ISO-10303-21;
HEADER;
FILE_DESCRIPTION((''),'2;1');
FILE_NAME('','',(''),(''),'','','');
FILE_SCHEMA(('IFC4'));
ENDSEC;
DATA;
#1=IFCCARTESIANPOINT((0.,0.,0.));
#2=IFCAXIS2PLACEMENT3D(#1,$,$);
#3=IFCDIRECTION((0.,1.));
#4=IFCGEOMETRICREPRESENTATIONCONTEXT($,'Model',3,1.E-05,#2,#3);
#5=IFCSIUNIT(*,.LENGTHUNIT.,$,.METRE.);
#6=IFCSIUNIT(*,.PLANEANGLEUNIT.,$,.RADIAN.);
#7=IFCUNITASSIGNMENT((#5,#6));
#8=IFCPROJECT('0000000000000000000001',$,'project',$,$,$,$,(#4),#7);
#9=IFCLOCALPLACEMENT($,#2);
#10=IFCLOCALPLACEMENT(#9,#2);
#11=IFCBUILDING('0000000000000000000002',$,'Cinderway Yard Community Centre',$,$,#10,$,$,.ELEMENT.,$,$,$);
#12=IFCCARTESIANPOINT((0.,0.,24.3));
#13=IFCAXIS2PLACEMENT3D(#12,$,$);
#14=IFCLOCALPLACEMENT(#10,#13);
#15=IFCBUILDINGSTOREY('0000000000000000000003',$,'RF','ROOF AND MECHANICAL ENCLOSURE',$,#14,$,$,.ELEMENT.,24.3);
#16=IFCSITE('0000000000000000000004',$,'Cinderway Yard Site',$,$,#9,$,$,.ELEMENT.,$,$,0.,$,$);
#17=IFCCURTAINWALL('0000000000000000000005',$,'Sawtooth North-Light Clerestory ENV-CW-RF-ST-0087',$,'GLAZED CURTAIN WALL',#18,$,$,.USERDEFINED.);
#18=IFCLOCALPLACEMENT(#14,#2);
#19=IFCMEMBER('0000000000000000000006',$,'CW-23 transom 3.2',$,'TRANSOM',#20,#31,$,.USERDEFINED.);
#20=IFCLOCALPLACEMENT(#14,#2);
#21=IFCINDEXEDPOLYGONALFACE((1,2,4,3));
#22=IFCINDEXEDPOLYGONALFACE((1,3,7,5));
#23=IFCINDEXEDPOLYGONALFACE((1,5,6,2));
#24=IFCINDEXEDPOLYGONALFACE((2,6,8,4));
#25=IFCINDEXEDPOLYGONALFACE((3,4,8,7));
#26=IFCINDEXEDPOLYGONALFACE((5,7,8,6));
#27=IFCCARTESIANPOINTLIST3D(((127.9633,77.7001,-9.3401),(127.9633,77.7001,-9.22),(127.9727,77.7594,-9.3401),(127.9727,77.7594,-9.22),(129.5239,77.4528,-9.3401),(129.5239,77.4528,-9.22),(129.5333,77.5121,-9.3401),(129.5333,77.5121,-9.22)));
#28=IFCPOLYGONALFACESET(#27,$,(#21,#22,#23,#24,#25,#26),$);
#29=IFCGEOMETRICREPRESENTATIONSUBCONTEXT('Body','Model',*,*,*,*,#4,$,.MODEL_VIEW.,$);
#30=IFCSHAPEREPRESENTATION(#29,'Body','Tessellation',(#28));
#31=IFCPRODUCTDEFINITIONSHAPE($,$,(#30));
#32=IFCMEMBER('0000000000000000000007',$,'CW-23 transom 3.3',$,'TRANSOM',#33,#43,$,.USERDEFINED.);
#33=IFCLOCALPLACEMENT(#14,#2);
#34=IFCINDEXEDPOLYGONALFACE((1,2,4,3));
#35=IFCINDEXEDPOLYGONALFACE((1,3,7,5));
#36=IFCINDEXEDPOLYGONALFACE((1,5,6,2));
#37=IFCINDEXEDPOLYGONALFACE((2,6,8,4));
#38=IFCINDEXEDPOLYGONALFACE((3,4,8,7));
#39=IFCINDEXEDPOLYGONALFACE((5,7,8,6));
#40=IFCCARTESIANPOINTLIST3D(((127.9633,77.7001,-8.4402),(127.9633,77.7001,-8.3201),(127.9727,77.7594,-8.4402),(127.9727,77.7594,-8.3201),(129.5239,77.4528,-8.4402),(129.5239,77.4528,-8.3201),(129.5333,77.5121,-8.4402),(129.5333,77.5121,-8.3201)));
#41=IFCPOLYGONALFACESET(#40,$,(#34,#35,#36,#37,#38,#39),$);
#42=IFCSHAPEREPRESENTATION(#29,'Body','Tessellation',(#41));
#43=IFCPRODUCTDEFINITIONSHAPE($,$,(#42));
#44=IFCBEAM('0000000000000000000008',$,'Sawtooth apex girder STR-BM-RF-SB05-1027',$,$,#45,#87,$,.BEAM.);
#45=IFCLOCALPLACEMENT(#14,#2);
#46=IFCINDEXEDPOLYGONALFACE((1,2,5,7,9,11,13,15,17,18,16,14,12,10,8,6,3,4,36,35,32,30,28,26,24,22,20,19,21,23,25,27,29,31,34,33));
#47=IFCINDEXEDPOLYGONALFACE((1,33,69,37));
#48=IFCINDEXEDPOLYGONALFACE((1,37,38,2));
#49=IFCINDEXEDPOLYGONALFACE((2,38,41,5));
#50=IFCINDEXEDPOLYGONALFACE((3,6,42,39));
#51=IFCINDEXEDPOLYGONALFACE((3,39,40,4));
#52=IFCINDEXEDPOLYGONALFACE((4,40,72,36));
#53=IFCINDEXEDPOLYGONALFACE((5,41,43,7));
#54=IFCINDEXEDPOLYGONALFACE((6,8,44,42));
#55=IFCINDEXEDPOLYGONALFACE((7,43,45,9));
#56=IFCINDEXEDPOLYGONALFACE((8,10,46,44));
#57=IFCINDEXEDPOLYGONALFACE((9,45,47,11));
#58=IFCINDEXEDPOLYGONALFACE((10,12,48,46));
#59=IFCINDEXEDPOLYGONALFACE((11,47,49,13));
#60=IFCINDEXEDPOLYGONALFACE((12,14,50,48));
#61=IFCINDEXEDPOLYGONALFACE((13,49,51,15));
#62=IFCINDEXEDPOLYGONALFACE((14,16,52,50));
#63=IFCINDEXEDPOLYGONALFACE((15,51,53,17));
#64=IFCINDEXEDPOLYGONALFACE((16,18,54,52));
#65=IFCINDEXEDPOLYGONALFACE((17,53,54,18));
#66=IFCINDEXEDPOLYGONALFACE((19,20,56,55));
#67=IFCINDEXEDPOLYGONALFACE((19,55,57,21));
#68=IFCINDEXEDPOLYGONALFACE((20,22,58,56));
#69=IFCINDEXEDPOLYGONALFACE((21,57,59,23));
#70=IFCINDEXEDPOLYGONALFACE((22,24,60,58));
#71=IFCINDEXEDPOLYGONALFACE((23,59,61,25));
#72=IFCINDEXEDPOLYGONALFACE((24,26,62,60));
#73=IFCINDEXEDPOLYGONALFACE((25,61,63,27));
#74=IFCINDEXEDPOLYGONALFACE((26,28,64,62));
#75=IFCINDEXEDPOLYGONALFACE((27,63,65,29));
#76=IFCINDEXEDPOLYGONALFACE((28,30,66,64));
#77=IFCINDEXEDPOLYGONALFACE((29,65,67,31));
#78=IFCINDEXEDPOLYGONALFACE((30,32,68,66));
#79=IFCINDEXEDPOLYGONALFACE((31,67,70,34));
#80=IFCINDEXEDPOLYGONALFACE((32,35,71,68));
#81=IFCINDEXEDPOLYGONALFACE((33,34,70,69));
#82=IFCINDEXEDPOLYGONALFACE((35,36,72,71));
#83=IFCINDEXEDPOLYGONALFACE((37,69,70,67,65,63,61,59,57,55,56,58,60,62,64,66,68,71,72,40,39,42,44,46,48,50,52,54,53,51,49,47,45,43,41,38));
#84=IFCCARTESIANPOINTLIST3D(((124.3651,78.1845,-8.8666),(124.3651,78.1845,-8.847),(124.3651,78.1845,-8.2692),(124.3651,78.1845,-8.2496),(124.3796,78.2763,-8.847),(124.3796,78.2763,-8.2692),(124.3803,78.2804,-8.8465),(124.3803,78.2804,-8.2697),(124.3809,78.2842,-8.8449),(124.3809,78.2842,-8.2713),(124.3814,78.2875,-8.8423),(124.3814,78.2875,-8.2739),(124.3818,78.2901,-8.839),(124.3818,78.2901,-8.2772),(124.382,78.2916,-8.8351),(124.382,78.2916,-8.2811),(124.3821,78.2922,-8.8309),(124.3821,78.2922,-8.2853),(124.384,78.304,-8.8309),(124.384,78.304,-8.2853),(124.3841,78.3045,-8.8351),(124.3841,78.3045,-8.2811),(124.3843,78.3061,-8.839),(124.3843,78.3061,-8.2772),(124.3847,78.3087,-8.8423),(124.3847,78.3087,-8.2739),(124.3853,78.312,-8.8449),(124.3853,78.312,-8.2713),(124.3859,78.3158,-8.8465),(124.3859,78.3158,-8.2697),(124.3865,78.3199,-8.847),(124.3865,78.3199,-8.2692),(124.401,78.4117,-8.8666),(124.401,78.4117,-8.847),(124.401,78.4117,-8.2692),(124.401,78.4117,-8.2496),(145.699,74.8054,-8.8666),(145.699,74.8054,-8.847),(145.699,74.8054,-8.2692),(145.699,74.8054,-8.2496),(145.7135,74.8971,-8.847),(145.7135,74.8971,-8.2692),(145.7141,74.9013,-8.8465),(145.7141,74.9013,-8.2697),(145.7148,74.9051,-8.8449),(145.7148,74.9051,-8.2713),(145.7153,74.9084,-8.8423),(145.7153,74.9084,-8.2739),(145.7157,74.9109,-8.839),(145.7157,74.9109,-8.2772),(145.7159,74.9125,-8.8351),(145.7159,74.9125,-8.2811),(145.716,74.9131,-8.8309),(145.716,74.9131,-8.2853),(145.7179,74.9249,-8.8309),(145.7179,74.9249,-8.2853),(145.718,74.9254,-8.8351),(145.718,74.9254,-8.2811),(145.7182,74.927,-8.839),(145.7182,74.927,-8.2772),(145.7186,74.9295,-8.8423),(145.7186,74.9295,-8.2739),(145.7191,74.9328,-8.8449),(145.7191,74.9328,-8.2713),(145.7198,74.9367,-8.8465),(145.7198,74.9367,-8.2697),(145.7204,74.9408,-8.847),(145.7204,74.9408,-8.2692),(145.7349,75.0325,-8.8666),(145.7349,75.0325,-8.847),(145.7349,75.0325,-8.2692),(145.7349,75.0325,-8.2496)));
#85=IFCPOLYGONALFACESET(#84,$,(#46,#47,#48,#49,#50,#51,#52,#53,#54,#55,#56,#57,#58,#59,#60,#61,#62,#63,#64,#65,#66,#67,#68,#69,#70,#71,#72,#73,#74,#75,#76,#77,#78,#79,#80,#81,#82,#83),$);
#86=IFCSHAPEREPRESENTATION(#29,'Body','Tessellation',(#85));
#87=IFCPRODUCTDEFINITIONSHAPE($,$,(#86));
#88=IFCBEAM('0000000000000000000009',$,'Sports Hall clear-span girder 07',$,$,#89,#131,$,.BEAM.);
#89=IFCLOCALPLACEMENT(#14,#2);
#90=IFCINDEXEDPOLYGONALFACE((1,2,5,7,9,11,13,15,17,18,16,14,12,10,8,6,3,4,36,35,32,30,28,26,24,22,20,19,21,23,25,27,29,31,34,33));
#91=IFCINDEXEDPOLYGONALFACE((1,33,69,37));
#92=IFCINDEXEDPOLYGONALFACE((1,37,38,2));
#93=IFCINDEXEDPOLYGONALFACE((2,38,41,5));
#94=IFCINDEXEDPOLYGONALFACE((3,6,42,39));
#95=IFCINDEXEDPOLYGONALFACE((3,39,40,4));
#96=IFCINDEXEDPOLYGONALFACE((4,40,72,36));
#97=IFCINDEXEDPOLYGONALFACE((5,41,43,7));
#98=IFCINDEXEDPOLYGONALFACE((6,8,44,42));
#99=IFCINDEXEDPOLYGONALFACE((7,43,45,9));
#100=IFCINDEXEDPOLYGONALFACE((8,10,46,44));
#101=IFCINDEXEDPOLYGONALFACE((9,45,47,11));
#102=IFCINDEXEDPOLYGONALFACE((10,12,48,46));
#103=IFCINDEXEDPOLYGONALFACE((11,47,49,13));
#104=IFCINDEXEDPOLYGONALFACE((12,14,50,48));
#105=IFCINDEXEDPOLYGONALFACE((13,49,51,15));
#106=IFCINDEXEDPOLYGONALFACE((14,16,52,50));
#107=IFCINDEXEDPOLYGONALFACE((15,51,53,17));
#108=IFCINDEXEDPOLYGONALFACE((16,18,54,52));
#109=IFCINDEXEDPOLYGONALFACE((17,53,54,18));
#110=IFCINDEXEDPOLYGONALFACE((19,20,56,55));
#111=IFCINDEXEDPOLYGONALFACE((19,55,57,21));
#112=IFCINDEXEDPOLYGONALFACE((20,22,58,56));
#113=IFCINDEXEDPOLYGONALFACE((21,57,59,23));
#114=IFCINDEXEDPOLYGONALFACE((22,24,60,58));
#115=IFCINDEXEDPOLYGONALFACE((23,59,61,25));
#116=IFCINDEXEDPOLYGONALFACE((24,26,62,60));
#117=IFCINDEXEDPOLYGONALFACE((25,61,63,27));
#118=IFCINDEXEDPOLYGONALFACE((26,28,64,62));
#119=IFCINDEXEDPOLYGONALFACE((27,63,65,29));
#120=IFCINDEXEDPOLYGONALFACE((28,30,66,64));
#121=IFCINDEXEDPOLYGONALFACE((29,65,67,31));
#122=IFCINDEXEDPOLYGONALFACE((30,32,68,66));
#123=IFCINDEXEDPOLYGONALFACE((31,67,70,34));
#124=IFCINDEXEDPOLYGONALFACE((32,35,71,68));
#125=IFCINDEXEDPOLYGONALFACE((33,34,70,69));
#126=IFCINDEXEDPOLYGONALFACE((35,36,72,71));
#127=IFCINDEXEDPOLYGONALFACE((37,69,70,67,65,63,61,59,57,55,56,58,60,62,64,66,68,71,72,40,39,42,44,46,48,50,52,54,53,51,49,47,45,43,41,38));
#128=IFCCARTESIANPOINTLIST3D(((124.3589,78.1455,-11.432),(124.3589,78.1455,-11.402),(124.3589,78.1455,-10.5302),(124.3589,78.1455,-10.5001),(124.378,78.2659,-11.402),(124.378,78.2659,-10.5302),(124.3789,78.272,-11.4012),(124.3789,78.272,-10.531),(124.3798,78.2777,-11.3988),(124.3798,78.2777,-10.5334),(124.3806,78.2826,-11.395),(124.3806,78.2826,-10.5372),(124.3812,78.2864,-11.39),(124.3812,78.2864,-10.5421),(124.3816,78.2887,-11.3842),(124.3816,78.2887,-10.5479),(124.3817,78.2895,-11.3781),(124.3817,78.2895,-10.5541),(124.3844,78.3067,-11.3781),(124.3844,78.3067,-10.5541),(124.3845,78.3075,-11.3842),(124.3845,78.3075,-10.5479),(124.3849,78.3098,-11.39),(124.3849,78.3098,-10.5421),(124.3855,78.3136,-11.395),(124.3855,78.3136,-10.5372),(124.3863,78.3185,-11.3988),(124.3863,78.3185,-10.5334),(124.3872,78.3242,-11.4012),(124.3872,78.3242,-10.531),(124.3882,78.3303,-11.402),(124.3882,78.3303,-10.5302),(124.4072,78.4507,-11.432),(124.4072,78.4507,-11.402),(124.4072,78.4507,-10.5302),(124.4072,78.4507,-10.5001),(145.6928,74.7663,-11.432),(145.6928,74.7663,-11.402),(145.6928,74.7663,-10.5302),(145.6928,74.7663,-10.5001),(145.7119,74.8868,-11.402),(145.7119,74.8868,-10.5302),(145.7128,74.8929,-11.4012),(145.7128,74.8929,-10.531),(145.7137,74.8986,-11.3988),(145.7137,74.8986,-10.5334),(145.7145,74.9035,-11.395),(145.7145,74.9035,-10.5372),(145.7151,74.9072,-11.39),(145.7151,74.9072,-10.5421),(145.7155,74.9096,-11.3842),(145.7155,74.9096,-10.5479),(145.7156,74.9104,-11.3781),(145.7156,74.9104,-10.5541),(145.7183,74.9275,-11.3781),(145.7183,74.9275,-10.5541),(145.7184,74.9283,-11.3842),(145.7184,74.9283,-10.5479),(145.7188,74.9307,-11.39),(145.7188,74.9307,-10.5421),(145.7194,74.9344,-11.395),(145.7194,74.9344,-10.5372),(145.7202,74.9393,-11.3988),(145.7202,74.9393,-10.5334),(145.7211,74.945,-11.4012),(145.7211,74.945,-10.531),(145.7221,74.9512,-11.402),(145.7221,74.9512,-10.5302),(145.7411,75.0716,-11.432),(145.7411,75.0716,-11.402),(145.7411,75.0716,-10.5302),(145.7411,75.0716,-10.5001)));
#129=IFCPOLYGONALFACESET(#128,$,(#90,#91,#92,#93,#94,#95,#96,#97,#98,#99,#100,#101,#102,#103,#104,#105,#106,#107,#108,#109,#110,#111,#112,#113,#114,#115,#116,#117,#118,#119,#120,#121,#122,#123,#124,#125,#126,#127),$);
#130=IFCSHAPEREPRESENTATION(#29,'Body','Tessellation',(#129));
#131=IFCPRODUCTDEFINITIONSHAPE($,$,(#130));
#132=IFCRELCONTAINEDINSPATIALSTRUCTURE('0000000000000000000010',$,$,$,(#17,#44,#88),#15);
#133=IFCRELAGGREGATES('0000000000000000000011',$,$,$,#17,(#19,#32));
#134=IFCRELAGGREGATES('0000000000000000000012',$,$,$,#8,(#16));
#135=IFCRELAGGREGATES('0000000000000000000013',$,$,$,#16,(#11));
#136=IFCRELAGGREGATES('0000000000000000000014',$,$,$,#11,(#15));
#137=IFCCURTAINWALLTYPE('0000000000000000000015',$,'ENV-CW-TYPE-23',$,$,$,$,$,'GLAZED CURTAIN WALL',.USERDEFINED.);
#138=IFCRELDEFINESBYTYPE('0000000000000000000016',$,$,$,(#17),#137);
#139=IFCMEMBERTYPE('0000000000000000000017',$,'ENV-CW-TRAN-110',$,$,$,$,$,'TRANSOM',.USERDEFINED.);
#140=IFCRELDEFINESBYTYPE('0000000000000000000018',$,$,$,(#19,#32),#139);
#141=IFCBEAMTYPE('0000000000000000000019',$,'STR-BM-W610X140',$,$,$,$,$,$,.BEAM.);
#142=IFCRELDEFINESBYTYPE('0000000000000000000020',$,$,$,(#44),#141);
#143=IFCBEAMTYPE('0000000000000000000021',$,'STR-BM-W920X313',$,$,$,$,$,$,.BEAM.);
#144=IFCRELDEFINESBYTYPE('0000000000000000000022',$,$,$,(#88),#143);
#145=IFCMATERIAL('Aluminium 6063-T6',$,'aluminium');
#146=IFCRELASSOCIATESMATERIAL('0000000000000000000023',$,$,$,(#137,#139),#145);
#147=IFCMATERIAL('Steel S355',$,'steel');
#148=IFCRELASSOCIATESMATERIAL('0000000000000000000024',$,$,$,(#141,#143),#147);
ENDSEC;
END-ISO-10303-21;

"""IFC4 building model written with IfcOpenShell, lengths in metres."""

from ifc_helpers import new_model, si_unit, direction, frame, origin, origin_2d, place, context, subcontext, project, spatial, rectangle, i_section, extrude, material, material_profile, profile_set, type_object, element, aggregate, save


model = new_model("IFC4")

# Units and contexts
model_context = context("Model", 3, precision=1e-05, world=origin(), true_north=direction((0.0, 1.0)))
body_context = subcontext(model_context, "Body", "Model", "MODEL_VIEW")
ifc_project = project(units=[si_unit("LENGTHUNIT", "METRE"), si_unit("PLANEANGLEUNIT", "RADIAN")], contexts=[model_context])

# Site, building, storey
site_placement = place(None, origin())
site = spatial("IfcSite", under=ifc_project, at=site_placement, Name="Cinderway Yard Site", CompositionType="ELEMENT", RefElevation=0.0)
building_placement = place(site_placement, origin())
building = spatial("IfcBuilding", under=site, at=building_placement, Name="Cinderway Yard Community Centre", CompositionType="ELEMENT")
storey_placement = place(building_placement, frame((0.0, 0.0, 24.3)))
storey = spatial("IfcBuildingStorey", under=building, at=storey_placement, Name="RF", Description="ROOF AND MECHANICAL ENCLOSURE", CompositionType="ELEMENT", Elevation=24.3)

# Shared definitions
ifc_material_1 = material(Name="Steel S355", Category="steel")

# Curtain wall, members
ifc_material_2 = material(Name="Aluminium 6063-T6", Category="aluminium")
curtain_wall_type = type_object("IfcCurtainWallType", Name="ENV-CW-TYPE-23", ElementType="GLAZED CURTAIN WALL", PredefinedType="USERDEFINED", material=ifc_material_2)
curtain_wall_placement = place(storey_placement, origin())
curtain_wall = element("IfcCurtainWall", 1, at=curtain_wall_placement, inside=storey, type_object=curtain_wall_type, Name="Sawtooth North-Light Clerestory ENV-CW-RF-ST-0087", ObjectType="GLAZED CURTAIN WALL", PredefinedType="USERDEFINED")
ifc_material_profile_1 = material_profile(ifc_material_2, rectangle(XDim=0.0601, YDim=0.1201, at=origin_2d()), Name="Aluminium 6063-T6")
ifc_profile_set_1 = profile_set([ifc_material_profile_1], Name="Aluminium 6063-T6")
member_type_1 = type_object("IfcMemberType", Name="ENV-CW-TRAN-110", ElementType="TRANSOM", PredefinedType="USERDEFINED", material=ifc_profile_set_1)
member_1_placement = place(storey_placement, frame((127.968, 77.7297, -9.28), z_axis=(0.987674, -0.156526, 0.0), x_axis=(0.156526, 0.987674, 0.0)))
member_1 = element("IfcMember", 2, at=member_1_placement, type_object=member_type_1, Name="CW-23 transom 3.2", ObjectType="TRANSOM", PredefinedType="USERDEFINED", context=body_context, shape_type="SweptSolid", body=[
    extrude(rectangle(XDim=0.0601, YDim=0.1201, at=origin_2d()), origin(), (0.0, 0.0, 1.0), 1.5801),
])
member_2_placement = place(storey_placement, frame((127.968, 77.7297, -8.3801), z_axis=(0.987674, -0.156526, 0.0), x_axis=(0.156526, 0.987674, 0.0)))
member_2 = element("IfcMember", 3, at=member_2_placement, type_object=member_type_1, Name="CW-23 transom 3.3", ObjectType="TRANSOM", PredefinedType="USERDEFINED", context=body_context, shape_type="SweptSolid", body=[
    extrude(rectangle(XDim=0.0601, YDim=0.1201, at=origin_2d()), origin(), (0.0, 0.0, 1.0), 1.5801),
])

# Beams
ifc_material_profile_2 = material_profile(ifc_material_1, i_section(OverallWidth=0.23, OverallDepth=0.6169, WebThickness=0.012, FlangeThickness=0.0195, FilletRadius=0.0161, at=origin_2d()), Name="Steel S355")
ifc_profile_set_2 = profile_set([ifc_material_profile_2], Name="Steel S355")
beam_type_1 = type_object("IfcBeamType", Name="STR-BM-W610X140", PredefinedType="BEAM", material=ifc_profile_set_2)
beam_1_placement = place(storey_placement, frame((124.3831, 78.2981, -8.5581), z_axis=(0.987687, -0.156443, 0.0), x_axis=(0.156443, 0.987687, 0.0)))
element("IfcBeam", 4, at=beam_1_placement, inside=storey, type_object=beam_type_1, Name="Sawtooth apex girder STR-BM-RF-SB05-1027", PredefinedType="BEAM", context=body_context, shape_type="SweptSolid", body=[
    extrude(i_section(OverallWidth=0.23, OverallDepth=0.6169, WebThickness=0.012, FlangeThickness=0.0195, FilletRadius=0.0161, at=origin_2d()), origin(), (0.0, 0.0, 1.0), 21.5999),
])
ifc_material_profile_3 = material_profile(ifc_material_1, i_section(OverallWidth=0.3091, OverallDepth=0.9319, WebThickness=0.0173, FlangeThickness=0.03, FilletRadius=0.0239, at=origin_2d()), Name="Steel S355")
ifc_profile_set_3 = profile_set([ifc_material_profile_3], Name="Steel S355")
beam_type_2 = type_object("IfcBeamType", Name="STR-BM-W920X313", PredefinedType="BEAM", material=ifc_profile_set_3)
beam_2_placement = place(storey_placement, frame((124.3831, 78.2981, -10.9661), z_axis=(0.987687, -0.156443, 0.0), x_axis=(0.156443, 0.987687, 0.0)))
element("IfcBeam", 5, at=beam_2_placement, inside=storey, type_object=beam_type_2, Name="Sports Hall clear-span girder 07", PredefinedType="BEAM", context=body_context, shape_type="SweptSolid", body=[
    extrude(i_section(OverallWidth=0.3091, OverallDepth=0.9319, WebThickness=0.0173, FlangeThickness=0.03, FilletRadius=0.0239, at=origin_2d()), origin(), (0.0, 0.0, 1.0), 21.5999),
])

aggregate(curtain_wall, [member_1, member_2])

save(model, "model.ifc")
